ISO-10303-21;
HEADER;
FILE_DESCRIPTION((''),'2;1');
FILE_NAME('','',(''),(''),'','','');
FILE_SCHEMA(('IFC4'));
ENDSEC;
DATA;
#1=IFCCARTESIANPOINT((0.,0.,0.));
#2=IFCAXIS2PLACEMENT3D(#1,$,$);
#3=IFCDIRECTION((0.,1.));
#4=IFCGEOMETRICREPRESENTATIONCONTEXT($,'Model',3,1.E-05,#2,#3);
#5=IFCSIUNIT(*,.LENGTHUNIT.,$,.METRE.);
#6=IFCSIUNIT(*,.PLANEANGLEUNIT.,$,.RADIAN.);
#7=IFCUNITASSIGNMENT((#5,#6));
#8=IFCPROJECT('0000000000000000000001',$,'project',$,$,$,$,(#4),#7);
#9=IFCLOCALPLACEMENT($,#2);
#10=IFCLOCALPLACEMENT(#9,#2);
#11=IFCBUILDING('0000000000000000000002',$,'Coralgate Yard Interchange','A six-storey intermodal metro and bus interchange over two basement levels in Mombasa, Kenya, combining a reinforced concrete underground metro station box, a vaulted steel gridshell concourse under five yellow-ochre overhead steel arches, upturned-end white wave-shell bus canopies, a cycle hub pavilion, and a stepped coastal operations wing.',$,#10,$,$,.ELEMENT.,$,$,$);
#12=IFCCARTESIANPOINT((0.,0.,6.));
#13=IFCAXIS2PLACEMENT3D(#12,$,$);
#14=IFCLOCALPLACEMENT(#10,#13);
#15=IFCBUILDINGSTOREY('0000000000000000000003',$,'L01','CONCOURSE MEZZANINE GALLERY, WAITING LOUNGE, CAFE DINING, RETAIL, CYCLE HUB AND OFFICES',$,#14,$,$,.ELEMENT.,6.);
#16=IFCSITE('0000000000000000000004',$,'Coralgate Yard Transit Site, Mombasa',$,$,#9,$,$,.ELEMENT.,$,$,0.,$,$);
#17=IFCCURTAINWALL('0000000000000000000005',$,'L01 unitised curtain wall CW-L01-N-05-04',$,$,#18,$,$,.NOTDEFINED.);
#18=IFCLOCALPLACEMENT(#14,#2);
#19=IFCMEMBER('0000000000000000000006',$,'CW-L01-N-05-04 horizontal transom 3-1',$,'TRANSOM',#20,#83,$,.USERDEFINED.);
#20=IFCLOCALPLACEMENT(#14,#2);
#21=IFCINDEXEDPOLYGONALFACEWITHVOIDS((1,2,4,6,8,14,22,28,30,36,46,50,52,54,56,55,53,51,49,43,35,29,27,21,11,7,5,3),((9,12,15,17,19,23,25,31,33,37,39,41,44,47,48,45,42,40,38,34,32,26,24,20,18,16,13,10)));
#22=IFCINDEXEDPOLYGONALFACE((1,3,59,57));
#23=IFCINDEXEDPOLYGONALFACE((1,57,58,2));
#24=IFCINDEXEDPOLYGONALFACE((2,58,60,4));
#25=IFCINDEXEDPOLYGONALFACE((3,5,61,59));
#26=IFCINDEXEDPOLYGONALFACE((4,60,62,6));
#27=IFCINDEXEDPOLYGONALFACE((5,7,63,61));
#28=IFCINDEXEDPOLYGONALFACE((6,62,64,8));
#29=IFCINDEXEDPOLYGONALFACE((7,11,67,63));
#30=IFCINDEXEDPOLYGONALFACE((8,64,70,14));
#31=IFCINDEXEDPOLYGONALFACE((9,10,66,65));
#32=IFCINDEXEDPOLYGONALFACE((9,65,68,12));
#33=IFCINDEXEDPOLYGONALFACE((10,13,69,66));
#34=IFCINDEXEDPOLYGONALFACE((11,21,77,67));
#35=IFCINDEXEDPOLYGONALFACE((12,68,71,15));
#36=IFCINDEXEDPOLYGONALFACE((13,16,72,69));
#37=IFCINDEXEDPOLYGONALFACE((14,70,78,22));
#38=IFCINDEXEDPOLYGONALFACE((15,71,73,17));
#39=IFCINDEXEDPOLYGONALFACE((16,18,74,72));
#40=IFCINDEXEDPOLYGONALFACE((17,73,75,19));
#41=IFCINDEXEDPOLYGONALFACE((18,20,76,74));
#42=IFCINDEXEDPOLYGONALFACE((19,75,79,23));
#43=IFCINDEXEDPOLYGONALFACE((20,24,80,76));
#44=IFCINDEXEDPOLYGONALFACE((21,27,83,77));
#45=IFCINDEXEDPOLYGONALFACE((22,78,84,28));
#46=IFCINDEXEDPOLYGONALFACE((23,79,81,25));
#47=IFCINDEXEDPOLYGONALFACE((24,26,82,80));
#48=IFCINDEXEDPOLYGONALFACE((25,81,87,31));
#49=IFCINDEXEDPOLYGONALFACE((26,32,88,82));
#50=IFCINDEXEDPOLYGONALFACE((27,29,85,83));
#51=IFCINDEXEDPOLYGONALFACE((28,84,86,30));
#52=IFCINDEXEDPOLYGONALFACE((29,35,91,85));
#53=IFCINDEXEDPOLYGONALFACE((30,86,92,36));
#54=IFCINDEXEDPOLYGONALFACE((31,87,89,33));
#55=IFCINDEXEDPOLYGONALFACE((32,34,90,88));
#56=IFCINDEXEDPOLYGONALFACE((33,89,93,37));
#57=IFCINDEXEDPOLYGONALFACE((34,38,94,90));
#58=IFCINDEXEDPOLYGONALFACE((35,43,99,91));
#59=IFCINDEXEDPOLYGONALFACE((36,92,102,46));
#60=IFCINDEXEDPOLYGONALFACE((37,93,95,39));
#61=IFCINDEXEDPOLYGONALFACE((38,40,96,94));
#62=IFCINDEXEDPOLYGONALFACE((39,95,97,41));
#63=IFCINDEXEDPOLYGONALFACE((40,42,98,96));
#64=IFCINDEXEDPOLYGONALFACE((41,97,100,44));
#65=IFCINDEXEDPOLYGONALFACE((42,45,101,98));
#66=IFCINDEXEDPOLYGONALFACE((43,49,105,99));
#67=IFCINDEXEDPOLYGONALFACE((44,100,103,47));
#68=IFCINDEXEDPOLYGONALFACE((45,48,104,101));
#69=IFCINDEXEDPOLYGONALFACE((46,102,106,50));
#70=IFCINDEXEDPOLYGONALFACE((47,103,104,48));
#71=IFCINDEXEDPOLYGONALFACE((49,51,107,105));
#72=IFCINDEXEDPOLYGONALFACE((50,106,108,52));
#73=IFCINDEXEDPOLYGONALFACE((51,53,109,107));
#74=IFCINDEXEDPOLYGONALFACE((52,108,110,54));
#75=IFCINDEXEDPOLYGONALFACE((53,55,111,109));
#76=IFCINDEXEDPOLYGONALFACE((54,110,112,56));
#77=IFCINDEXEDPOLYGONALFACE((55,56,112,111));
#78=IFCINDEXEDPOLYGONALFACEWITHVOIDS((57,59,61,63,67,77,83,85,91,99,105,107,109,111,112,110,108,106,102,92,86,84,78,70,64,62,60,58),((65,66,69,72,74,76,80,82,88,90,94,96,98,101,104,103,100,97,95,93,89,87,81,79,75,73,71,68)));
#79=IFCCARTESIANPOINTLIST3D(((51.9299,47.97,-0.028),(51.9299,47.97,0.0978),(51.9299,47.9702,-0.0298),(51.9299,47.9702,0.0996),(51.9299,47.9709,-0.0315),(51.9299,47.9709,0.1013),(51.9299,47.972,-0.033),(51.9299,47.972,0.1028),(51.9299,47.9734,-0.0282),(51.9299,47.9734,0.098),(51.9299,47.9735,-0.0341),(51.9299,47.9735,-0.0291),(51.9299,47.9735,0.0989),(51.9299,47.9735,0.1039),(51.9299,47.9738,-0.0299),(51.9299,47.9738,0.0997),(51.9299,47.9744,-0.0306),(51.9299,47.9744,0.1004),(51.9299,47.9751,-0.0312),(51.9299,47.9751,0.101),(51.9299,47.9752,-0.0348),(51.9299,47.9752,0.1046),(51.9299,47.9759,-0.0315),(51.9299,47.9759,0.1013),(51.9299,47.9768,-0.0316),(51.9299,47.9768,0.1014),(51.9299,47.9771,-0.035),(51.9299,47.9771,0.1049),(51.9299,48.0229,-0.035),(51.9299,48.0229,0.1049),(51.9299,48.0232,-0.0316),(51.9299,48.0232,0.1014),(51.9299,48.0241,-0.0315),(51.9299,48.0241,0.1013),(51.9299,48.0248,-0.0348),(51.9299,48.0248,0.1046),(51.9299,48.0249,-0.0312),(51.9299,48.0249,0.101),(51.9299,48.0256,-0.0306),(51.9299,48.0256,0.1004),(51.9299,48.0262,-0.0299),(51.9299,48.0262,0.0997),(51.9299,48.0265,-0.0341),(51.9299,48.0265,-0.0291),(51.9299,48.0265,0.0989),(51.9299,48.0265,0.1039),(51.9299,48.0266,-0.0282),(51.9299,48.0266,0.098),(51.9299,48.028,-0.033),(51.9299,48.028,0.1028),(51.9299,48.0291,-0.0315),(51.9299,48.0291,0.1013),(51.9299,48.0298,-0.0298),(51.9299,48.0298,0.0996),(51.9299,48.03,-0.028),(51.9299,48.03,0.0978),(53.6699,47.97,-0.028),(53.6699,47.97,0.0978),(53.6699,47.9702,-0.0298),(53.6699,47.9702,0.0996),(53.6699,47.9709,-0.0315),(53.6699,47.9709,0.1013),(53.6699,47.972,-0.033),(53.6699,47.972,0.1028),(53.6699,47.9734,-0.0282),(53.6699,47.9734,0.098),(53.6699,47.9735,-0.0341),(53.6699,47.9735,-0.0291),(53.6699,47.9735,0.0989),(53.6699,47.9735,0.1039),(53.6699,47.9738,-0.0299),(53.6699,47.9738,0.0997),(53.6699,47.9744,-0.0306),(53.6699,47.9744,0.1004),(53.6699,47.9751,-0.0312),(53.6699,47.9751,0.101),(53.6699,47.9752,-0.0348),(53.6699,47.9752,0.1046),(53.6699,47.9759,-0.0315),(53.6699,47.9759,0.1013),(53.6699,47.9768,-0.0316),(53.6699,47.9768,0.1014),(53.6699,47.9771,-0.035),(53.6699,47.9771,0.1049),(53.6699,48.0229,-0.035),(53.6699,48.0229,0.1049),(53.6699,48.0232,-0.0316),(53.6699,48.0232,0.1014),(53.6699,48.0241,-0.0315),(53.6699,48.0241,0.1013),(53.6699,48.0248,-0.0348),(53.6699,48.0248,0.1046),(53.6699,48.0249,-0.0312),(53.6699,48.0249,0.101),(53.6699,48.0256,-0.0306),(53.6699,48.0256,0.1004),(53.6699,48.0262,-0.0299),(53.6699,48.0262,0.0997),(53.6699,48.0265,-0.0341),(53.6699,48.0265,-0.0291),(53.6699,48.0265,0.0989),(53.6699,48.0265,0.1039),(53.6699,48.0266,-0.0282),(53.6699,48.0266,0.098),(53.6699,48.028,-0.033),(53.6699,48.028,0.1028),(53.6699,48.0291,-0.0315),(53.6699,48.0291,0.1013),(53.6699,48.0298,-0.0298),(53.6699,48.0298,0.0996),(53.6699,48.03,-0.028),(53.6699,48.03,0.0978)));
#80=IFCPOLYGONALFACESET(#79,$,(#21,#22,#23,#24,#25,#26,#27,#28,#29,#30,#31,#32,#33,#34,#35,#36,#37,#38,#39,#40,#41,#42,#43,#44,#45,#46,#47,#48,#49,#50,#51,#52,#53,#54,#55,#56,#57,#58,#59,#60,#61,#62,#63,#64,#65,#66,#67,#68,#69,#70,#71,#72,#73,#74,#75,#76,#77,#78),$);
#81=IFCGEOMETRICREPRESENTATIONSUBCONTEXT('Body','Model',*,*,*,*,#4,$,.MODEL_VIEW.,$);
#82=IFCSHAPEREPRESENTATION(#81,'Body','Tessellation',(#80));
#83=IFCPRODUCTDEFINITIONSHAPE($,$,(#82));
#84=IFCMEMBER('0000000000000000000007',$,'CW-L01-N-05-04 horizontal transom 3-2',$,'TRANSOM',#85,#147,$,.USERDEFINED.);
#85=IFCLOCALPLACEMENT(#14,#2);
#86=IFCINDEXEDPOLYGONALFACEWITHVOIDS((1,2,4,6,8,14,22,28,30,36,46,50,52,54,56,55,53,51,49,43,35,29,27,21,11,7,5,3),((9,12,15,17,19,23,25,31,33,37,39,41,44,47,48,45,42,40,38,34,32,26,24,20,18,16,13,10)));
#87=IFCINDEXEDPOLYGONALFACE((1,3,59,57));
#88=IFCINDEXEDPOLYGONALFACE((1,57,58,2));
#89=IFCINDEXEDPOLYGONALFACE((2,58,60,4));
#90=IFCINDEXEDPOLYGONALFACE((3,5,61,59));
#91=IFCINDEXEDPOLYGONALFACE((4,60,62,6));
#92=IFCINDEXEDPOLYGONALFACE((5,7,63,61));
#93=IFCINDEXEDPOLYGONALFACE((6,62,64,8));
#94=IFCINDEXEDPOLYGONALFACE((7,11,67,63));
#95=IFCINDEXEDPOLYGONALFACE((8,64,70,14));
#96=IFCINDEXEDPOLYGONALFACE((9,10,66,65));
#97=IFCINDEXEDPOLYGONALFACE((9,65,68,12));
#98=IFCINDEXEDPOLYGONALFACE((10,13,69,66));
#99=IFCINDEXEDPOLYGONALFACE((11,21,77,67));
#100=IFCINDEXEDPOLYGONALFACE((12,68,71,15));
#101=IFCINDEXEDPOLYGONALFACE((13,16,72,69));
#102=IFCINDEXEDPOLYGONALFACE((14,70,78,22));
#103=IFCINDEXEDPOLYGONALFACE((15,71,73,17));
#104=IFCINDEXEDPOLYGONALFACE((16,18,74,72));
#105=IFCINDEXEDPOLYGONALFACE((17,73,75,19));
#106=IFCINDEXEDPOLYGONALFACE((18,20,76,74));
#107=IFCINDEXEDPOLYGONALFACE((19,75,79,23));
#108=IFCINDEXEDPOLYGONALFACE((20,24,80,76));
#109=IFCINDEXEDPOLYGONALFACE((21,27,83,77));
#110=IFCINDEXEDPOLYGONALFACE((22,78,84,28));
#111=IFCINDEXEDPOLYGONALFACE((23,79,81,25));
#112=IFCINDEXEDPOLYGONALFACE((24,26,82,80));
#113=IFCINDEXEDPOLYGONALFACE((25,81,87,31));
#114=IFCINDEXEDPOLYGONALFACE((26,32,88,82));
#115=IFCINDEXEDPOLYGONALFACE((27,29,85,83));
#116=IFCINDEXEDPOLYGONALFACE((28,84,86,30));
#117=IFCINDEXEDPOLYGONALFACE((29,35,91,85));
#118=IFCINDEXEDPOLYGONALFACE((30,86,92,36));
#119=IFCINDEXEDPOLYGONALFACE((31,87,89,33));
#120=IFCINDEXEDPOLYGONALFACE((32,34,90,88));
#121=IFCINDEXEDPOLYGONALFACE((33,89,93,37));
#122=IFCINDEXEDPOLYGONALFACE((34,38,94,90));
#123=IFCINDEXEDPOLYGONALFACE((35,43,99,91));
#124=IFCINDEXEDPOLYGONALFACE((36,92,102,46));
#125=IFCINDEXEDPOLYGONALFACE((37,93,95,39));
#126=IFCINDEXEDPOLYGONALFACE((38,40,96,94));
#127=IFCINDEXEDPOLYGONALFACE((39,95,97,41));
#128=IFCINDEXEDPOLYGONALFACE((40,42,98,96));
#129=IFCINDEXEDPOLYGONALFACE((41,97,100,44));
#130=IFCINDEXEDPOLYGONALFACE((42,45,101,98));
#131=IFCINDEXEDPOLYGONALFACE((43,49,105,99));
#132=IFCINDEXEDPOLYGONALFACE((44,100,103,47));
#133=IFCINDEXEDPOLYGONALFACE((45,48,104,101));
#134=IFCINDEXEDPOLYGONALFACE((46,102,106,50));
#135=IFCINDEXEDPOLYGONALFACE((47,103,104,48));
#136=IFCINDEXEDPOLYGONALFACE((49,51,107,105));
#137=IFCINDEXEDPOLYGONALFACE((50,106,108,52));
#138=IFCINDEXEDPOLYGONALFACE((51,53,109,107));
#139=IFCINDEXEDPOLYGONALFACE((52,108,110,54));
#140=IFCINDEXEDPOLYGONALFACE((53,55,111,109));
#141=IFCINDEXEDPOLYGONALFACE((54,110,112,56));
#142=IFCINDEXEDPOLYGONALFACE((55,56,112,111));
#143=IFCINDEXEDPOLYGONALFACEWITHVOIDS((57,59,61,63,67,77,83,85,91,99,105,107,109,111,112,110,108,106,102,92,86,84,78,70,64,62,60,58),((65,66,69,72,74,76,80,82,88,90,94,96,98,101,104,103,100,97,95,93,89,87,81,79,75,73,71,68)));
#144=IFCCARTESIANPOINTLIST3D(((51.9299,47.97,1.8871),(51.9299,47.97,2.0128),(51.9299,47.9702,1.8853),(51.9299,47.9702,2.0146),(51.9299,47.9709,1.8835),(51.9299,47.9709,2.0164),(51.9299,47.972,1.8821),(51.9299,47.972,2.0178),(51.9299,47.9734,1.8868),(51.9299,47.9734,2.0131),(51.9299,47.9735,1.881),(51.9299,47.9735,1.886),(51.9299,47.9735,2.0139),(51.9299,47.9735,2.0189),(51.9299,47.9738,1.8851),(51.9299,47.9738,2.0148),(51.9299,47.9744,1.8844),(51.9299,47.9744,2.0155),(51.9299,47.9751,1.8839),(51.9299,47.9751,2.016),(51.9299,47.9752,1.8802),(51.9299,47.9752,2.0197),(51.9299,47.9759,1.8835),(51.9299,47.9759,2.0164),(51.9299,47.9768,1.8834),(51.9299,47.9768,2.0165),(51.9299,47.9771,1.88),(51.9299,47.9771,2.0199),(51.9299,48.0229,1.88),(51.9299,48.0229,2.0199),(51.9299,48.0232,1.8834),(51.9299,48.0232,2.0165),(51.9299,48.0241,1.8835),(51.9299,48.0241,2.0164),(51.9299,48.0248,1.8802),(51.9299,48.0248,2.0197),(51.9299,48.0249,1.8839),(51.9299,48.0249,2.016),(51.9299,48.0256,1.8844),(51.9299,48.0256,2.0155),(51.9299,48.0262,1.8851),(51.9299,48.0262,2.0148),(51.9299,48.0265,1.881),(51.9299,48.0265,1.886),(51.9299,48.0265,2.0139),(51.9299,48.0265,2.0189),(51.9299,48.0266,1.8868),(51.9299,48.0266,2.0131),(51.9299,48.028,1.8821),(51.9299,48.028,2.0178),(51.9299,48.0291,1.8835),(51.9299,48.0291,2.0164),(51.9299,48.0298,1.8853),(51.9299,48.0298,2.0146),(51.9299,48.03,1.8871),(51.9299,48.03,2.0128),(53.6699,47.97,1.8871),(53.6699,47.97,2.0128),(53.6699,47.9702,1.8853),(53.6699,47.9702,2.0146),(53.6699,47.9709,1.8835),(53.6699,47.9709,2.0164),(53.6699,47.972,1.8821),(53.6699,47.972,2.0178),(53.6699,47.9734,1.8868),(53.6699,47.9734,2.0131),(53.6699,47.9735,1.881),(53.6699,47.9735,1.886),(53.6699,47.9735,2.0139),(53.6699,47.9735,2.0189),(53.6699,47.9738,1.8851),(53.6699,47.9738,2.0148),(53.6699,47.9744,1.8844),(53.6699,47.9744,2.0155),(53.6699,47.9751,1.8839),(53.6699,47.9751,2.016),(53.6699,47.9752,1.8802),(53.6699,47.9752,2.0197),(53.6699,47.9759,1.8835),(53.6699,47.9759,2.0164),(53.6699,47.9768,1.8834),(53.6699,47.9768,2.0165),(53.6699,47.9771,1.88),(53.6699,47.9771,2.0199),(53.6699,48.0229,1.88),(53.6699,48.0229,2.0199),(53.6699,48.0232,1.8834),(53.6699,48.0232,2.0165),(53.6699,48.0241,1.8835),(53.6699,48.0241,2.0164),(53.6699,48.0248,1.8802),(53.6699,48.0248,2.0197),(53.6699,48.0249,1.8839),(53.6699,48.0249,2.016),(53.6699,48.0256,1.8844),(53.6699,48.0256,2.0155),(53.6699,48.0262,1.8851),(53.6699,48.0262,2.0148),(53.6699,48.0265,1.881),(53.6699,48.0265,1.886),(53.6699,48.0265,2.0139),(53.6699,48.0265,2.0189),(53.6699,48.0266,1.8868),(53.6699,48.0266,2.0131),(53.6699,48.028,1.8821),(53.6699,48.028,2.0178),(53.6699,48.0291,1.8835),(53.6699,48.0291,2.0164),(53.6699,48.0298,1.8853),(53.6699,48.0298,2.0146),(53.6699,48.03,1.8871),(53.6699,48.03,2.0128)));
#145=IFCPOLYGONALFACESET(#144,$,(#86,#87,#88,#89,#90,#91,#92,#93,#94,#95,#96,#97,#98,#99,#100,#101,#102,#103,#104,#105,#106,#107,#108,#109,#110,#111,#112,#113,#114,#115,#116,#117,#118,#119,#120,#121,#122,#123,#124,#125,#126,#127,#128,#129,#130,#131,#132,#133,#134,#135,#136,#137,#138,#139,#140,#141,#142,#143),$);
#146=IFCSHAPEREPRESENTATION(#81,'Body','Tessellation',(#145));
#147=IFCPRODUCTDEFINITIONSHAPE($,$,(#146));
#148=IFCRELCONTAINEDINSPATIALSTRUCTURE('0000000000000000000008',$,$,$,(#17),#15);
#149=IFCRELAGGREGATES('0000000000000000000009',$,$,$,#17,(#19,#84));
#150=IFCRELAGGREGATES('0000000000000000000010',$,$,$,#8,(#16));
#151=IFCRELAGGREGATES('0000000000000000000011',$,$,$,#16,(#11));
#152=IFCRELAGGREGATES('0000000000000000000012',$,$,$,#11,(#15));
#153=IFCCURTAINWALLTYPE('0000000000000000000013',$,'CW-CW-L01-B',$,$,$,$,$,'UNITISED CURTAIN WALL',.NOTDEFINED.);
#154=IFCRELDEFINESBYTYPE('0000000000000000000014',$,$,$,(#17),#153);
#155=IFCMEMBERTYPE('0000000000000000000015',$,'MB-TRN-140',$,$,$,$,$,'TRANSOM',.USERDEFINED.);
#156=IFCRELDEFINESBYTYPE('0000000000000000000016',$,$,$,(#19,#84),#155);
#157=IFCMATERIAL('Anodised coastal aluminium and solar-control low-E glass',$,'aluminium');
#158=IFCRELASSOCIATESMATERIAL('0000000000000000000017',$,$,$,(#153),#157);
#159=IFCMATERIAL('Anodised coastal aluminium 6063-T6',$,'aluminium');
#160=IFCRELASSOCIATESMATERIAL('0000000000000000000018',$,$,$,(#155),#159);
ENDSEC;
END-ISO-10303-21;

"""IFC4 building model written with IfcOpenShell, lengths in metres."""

from ifc_helpers import new_model, si_unit, direction, frame, origin, origin_2d, place, context, subcontext, project, spatial, hollow_rectangle, extrude, material, material_profile, profile_set, type_object, element, aggregate, save


model = new_model("IFC4")

# Units and contexts
model_context = context("Model", 3, precision=1e-05, world=origin(), true_north=direction((0.0, 1.0)))
body_context = subcontext(model_context, "Body", "Model", "MODEL_VIEW")
ifc_project = project(units=[si_unit("LENGTHUNIT", "METRE"), si_unit("PLANEANGLEUNIT", "RADIAN")], contexts=[model_context])

# Site, building, storey
site_placement = place(None, origin())
site = spatial("IfcSite", under=ifc_project, at=site_placement, Name="Coralgate Yard Transit Site, Mombasa", CompositionType="ELEMENT", RefElevation=0.0)
building_placement = place(site_placement, origin())
building = spatial("IfcBuilding", under=site, at=building_placement, Name="Coralgate Yard Interchange", Description="A six-storey intermodal metro and bus interchange over two basement levels in Mombasa, Kenya, combining a reinforced concrete underground metro station box, a vaulted steel gridshell concourse under five yellow-ochre overhead steel arches, upturned-end white wave-shell bus canopies, a cycle hub pavilion, and a stepped coastal operations wing.", CompositionType="ELEMENT")
storey_placement = place(building_placement, frame((0.0, 0.0, 6.0)))
storey = spatial("IfcBuildingStorey", under=building, at=storey_placement, Name="L01", Description="CONCOURSE MEZZANINE GALLERY, WAITING LOUNGE, CAFE DINING, RETAIL, CYCLE HUB AND OFFICES", CompositionType="ELEMENT", Elevation=6.0)

# Curtain wall, members
ifc_material_1 = material(Name="Anodised coastal aluminium and solar-control low-E glass", Category="aluminium")
curtain_wall_type = type_object("IfcCurtainWallType", Name="CW-CW-L01-B", ElementType="UNITISED CURTAIN WALL", PredefinedType="NOTDEFINED", material=ifc_material_1)
curtain_wall_placement = place(storey_placement, origin())
curtain_wall = element("IfcCurtainWall", 1, at=curtain_wall_placement, inside=storey, type_object=curtain_wall_type, Name="L01 unitised curtain wall CW-L01-N-05-04", PredefinedType="NOTDEFINED")
ifc_material_2 = material(Name="Anodised coastal aluminium 6063-T6", Category="aluminium")
ifc_material_profile_1 = material_profile(ifc_material_2, hollow_rectangle(XDim=0.0601, YDim=0.1399, WallThickness=0.0034, InnerFilletRadius=0.0034, OuterFilletRadius=0.0071, at=origin_2d()), Name="ALU 60x140x3.5")
ifc_profile_set_1 = profile_set([ifc_material_profile_1], Name="Anodised coastal aluminium 6063-T6")
member_type_1 = type_object("IfcMemberType", Name="MB-TRN-140", ElementType="TRANSOM", PredefinedType="USERDEFINED", material=ifc_profile_set_1)
member_1_placement = place(storey_placement, frame((51.9299, 48.0, 0.0349), z_axis=(1.0, 0.0, 0.0), x_axis=(0.0, 1.0, 0.0)))
member_1 = element("IfcMember", 2, at=member_1_placement, type_object=member_type_1, Name="CW-L01-N-05-04 horizontal transom 3-1", ObjectType="TRANSOM", PredefinedType="USERDEFINED", context=body_context, shape_type="SweptSolid", body=[
    extrude(hollow_rectangle(XDim=0.0601, YDim=0.1399, WallThickness=0.0034, InnerFilletRadius=0.0034, OuterFilletRadius=0.0071, at=origin_2d()), origin(), (0.0, 0.0, 1.0), 1.74),
])
member_2_placement = place(storey_placement, frame((51.9299, 48.0, 1.95), z_axis=(1.0, 0.0, 0.0), x_axis=(0.0, 1.0, 0.0)))
member_2 = element("IfcMember", 3, at=member_2_placement, type_object=member_type_1, Name="CW-L01-N-05-04 horizontal transom 3-2", ObjectType="TRANSOM", PredefinedType="USERDEFINED", context=body_context, shape_type="SweptSolid", body=[
    extrude(hollow_rectangle(XDim=0.0601, YDim=0.1399, WallThickness=0.0034, InnerFilletRadius=0.0034, OuterFilletRadius=0.0071, at=origin_2d()), origin(), (0.0, 0.0, 1.0), 1.74),
])
aggregate(curtain_wall, [member_1, member_2])

save(model, "model.ifc")
